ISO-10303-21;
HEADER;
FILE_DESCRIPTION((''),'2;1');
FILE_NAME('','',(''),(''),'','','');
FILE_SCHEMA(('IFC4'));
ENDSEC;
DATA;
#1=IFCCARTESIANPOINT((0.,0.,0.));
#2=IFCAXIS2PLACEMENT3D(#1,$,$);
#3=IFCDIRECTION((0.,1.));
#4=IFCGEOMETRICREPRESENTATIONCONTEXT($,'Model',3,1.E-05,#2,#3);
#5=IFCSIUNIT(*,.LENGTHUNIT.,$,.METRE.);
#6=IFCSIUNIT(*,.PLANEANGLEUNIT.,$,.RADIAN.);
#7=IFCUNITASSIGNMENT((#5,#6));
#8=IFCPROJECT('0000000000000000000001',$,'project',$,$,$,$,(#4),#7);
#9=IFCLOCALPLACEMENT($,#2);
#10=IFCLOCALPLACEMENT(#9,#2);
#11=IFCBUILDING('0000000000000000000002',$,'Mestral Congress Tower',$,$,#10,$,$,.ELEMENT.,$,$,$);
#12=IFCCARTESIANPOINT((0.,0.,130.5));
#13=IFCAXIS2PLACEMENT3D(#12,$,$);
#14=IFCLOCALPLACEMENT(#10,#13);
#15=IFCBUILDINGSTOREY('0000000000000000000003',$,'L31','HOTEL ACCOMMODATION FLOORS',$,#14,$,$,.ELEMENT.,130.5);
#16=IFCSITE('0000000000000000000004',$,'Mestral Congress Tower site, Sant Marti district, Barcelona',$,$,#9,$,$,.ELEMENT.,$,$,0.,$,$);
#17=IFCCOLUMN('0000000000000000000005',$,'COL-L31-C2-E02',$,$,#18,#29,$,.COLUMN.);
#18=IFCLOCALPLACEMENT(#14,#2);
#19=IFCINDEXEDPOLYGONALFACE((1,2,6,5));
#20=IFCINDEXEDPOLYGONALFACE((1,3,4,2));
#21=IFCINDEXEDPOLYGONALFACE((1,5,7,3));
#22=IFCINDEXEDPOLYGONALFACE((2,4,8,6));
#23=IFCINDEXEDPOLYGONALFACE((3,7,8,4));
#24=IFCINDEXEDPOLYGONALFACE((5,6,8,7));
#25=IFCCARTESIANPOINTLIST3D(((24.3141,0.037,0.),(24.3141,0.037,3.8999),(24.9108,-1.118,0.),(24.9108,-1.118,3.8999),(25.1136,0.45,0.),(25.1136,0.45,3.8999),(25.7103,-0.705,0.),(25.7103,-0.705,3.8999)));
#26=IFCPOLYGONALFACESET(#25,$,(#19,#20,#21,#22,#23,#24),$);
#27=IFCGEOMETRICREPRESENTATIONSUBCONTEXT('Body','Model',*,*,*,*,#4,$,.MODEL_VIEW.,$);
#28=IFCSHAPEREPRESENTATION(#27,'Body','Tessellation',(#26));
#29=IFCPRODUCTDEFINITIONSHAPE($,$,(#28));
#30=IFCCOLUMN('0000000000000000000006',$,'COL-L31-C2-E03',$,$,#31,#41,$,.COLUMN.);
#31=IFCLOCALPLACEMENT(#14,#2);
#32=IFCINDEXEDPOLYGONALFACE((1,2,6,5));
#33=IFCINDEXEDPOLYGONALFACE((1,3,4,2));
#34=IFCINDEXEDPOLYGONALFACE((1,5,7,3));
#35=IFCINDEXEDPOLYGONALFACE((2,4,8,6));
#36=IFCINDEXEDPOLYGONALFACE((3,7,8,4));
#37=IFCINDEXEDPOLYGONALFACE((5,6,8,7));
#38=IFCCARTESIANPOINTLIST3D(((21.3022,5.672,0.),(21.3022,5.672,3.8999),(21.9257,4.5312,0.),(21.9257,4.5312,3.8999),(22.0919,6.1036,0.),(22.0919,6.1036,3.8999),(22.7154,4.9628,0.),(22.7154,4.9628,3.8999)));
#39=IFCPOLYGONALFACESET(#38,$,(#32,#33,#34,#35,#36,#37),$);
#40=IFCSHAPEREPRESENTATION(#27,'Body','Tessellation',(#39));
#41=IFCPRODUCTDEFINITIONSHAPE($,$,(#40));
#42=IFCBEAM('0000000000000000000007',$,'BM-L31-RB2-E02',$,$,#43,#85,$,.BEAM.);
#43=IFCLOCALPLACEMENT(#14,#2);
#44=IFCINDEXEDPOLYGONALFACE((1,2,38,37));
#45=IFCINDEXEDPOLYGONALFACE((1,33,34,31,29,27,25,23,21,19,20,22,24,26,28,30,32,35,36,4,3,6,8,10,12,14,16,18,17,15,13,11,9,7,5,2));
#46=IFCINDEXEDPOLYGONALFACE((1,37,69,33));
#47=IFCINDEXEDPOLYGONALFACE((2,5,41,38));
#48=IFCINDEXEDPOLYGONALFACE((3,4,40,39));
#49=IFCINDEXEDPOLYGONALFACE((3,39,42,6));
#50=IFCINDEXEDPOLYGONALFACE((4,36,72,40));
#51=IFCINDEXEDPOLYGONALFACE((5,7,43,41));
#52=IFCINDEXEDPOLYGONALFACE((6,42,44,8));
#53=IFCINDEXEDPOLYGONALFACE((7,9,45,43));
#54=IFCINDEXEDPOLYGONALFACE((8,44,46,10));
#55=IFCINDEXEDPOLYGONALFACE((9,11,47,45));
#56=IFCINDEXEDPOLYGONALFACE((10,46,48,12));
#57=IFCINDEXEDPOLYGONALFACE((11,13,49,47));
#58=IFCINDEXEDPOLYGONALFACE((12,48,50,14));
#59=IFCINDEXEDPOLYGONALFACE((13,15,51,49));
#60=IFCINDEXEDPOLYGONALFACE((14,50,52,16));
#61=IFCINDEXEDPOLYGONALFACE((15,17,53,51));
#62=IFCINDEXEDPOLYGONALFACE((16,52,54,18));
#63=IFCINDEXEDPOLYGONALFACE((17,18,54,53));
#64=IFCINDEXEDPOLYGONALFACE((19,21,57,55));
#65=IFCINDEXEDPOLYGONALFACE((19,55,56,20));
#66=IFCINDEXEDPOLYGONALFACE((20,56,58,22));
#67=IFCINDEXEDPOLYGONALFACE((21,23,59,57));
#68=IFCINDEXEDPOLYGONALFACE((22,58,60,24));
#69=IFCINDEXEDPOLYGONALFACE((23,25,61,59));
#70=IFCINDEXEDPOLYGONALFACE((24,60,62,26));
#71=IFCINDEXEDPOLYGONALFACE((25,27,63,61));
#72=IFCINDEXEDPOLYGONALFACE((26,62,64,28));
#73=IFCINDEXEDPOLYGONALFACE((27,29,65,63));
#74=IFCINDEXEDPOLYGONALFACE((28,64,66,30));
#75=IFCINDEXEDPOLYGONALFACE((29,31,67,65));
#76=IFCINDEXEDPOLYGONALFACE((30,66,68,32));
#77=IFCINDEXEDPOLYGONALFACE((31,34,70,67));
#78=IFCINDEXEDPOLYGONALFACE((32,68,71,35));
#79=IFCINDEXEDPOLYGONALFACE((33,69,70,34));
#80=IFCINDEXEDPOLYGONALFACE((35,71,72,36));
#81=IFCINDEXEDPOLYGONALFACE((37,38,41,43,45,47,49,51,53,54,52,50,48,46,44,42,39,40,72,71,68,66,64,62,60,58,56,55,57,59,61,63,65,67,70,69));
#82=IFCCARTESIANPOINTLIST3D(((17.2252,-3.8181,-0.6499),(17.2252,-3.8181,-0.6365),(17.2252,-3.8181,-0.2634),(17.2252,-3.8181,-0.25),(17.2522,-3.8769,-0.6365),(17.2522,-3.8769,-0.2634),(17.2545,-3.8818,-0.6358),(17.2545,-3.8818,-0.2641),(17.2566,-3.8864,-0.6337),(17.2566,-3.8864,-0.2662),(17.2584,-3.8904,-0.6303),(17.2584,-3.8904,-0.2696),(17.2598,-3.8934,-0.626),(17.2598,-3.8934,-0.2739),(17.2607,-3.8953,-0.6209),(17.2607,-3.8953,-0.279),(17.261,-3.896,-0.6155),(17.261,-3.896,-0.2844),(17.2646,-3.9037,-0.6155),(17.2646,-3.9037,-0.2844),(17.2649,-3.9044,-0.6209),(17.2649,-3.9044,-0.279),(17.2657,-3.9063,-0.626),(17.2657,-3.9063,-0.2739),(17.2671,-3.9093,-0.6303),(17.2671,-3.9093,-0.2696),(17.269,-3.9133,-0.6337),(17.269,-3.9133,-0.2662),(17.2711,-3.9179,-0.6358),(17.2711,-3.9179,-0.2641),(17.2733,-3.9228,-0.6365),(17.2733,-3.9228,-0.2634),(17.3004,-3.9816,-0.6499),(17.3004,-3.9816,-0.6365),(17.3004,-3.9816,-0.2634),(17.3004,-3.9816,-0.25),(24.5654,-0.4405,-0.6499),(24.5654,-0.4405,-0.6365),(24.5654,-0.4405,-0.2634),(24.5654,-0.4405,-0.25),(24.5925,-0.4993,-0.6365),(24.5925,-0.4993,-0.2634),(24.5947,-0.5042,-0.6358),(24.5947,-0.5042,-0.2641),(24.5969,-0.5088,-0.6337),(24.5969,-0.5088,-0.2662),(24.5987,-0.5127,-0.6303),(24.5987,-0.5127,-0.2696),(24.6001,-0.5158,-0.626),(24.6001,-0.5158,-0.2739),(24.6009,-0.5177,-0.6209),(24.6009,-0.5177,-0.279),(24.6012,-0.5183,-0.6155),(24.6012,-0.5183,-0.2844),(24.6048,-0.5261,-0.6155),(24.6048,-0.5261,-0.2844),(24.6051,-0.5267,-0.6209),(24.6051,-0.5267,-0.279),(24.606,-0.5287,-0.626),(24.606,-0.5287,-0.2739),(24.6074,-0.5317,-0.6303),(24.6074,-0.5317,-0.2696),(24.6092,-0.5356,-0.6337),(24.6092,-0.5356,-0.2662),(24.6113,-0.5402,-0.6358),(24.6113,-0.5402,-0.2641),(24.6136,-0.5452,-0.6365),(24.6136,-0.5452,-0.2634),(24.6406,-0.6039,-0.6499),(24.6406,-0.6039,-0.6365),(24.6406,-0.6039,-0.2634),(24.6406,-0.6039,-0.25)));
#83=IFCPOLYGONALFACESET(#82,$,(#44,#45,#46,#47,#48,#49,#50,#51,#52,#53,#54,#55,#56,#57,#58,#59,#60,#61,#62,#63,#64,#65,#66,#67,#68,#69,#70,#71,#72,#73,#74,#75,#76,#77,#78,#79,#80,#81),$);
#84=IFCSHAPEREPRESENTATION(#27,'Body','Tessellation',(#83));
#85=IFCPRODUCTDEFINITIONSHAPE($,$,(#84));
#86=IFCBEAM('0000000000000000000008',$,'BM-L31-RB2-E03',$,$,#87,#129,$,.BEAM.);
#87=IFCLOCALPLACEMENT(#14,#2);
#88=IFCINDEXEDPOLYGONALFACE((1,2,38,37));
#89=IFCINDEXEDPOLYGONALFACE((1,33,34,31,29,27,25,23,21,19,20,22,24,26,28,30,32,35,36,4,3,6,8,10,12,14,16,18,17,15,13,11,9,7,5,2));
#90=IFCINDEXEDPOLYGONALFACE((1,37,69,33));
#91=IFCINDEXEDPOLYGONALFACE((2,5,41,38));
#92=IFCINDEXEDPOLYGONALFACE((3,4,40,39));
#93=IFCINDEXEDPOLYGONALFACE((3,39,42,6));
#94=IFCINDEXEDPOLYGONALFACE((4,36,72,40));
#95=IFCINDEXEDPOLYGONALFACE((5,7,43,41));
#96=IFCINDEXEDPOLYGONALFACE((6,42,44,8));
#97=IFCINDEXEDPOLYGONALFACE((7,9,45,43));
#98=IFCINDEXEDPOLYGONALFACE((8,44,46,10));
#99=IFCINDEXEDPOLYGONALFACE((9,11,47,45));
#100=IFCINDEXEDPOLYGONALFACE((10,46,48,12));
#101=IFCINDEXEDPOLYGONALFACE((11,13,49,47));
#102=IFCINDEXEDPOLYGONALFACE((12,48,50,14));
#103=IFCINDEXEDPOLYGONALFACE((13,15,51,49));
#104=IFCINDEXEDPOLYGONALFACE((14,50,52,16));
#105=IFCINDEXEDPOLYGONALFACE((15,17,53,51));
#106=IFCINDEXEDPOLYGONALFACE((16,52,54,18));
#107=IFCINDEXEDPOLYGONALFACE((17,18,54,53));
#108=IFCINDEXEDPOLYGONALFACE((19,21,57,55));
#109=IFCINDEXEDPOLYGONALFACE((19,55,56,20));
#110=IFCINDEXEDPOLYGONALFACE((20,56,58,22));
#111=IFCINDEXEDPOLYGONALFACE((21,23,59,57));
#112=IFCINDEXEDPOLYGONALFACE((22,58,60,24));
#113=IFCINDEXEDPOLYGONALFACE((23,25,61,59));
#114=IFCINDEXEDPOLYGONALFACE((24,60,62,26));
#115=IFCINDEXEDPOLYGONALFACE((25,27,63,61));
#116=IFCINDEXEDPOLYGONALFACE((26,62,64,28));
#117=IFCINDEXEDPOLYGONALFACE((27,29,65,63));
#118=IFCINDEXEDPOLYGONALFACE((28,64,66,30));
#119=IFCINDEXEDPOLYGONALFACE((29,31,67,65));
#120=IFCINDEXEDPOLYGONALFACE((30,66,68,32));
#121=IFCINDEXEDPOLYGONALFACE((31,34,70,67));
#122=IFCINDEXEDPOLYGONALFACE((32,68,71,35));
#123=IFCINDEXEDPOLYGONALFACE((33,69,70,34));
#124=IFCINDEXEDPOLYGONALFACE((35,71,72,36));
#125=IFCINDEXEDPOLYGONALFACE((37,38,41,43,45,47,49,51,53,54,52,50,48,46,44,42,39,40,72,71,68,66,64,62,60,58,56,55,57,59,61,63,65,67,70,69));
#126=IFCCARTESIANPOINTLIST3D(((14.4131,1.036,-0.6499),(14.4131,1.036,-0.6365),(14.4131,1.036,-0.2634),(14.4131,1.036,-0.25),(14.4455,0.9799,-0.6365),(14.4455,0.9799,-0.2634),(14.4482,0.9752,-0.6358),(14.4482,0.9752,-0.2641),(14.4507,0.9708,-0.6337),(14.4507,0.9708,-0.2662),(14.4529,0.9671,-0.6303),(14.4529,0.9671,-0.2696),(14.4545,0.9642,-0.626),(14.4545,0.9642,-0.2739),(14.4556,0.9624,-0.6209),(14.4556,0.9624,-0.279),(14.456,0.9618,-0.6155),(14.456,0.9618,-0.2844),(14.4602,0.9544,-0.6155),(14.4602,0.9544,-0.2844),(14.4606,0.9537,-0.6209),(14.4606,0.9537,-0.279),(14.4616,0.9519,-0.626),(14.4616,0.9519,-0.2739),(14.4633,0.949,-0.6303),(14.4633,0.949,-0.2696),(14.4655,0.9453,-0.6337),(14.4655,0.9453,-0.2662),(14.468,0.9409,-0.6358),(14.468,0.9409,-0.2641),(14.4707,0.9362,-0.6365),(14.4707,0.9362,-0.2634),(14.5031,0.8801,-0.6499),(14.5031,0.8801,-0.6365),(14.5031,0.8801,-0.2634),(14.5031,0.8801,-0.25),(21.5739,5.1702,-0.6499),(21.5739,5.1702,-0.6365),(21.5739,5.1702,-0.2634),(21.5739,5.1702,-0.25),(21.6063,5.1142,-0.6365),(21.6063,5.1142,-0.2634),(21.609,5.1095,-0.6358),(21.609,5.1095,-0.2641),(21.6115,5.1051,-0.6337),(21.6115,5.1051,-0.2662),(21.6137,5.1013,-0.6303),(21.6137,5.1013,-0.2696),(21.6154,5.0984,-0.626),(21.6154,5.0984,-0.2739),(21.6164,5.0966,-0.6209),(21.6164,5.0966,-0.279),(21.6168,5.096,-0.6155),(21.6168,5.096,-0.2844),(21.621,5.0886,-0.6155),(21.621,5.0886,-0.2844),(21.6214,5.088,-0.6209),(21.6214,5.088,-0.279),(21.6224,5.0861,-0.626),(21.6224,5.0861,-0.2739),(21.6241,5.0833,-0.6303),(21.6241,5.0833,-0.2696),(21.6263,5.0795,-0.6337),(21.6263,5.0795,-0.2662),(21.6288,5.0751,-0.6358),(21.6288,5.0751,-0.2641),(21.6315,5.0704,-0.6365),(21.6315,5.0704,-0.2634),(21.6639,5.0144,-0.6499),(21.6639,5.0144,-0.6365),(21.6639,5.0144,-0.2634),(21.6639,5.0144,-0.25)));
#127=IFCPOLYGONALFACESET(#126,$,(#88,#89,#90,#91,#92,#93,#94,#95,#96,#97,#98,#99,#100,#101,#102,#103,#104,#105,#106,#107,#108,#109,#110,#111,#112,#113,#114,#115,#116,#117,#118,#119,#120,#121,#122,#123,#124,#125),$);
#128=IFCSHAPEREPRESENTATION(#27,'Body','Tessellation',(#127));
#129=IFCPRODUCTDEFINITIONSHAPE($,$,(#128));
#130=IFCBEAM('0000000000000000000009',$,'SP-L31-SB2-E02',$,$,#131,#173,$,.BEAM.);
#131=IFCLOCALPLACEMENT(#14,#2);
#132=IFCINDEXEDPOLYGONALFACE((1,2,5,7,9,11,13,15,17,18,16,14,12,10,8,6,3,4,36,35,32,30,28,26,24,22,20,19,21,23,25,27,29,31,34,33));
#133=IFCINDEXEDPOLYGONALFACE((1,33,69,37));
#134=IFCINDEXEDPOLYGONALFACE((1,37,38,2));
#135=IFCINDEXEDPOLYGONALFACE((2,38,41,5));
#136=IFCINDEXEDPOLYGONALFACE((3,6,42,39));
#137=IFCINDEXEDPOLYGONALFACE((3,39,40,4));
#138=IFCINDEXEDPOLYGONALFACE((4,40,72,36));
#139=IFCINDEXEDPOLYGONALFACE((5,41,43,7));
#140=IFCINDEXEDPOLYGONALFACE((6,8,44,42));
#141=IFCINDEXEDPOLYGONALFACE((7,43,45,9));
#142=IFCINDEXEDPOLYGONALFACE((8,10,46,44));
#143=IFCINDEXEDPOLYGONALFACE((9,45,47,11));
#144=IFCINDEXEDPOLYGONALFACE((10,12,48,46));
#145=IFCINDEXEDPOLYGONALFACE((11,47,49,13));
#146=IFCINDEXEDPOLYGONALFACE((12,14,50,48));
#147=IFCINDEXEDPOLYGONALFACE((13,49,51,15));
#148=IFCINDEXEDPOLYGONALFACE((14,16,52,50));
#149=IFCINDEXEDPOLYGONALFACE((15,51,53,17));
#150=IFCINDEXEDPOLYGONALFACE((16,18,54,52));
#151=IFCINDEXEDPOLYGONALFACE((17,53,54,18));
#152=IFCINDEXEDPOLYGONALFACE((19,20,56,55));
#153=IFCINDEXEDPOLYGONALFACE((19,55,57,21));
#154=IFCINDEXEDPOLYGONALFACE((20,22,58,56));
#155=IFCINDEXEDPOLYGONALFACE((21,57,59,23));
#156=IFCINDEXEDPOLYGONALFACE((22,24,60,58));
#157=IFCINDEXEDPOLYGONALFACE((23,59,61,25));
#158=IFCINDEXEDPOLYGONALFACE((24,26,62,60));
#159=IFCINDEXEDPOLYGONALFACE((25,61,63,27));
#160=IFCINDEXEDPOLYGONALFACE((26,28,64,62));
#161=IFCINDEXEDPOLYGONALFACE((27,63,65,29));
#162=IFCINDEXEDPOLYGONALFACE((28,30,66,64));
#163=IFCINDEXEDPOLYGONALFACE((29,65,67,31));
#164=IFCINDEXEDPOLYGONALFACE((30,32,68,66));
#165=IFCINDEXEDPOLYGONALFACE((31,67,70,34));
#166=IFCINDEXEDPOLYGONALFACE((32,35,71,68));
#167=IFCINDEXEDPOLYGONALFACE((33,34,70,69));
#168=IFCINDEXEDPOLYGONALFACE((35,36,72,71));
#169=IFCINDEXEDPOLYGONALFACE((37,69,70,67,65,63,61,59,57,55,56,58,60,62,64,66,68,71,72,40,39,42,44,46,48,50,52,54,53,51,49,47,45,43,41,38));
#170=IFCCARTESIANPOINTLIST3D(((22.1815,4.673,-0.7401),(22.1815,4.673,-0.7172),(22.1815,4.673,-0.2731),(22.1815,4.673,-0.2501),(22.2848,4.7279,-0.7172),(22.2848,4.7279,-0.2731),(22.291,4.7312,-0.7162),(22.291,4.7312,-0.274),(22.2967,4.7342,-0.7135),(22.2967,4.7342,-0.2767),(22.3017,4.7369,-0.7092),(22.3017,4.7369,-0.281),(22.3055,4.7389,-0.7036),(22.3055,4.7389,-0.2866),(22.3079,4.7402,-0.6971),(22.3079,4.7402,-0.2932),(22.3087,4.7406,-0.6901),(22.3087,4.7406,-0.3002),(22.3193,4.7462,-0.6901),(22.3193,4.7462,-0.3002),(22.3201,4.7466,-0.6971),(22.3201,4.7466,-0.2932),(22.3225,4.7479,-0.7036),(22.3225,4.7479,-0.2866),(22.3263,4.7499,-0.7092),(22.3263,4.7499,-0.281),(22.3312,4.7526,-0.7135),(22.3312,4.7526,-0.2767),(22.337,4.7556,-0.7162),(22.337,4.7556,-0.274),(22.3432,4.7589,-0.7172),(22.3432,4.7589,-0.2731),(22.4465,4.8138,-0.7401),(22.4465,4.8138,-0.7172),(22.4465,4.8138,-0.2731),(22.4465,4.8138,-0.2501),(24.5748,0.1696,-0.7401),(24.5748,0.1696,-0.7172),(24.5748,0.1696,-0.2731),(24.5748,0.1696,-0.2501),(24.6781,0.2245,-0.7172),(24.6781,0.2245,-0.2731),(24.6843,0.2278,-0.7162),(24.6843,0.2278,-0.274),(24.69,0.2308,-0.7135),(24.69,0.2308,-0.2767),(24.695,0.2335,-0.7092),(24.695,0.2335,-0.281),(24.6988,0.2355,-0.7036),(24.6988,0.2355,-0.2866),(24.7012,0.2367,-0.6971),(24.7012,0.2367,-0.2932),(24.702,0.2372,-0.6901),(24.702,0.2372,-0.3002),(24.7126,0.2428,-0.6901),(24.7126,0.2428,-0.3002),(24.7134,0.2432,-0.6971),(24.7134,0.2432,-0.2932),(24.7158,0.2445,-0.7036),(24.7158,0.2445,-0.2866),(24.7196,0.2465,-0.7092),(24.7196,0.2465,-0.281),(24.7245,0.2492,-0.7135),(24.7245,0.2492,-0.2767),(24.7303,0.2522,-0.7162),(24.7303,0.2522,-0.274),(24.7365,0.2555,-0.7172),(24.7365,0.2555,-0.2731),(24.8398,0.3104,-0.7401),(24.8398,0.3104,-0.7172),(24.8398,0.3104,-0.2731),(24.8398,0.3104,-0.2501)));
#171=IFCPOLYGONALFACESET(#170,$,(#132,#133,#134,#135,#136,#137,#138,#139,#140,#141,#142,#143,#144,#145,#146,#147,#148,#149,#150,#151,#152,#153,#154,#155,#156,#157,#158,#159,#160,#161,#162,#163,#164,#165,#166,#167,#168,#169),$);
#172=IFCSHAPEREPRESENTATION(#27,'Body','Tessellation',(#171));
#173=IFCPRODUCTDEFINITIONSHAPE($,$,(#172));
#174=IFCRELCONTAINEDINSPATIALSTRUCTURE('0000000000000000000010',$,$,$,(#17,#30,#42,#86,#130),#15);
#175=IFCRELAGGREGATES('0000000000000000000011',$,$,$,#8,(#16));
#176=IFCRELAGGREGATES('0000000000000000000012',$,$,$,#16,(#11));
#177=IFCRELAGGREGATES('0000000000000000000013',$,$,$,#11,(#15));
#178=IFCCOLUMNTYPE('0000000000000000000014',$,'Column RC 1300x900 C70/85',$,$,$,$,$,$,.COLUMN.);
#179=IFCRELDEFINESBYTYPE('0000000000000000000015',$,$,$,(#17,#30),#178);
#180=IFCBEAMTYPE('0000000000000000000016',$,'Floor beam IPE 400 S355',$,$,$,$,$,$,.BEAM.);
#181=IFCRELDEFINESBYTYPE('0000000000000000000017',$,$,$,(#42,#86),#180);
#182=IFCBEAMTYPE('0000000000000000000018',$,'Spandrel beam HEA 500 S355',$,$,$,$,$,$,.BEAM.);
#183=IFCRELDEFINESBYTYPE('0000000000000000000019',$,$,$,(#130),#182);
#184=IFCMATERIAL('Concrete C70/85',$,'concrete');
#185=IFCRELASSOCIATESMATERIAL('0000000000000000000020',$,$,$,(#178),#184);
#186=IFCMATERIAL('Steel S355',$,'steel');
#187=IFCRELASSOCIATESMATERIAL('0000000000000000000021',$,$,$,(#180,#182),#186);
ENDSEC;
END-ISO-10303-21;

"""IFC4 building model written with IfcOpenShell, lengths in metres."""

from ifc_helpers import new_model, si_unit, direction, frame, origin, origin_2d, place, context, subcontext, project, spatial, rectangle, i_section, extrude, material, material_profile, profile_set, type_object, element, save


model = new_model("IFC4")

# Units and contexts
model_context = context("Model", 3, precision=1e-05, world=origin(), true_north=direction((0.0, 1.0)))
body_context = subcontext(model_context, "Body", "Model", "MODEL_VIEW")
ifc_project = project(units=[si_unit("LENGTHUNIT", "METRE"), si_unit("PLANEANGLEUNIT", "RADIAN")], contexts=[model_context])

# Site, building, storey
site_placement = place(None, origin())
site = spatial("IfcSite", under=ifc_project, at=site_placement, Name="Mestral Congress Tower site, Sant Marti district, Barcelona", CompositionType="ELEMENT", RefElevation=0.0)
building_placement = place(site_placement, origin())
building = spatial("IfcBuilding", under=site, at=building_placement, Name="Mestral Congress Tower", CompositionType="ELEMENT")
storey_placement = place(building_placement, frame((0.0, 0.0, 130.5)))
storey = spatial("IfcBuildingStorey", under=building, at=storey_placement, Name="L31", Description="HOTEL ACCOMMODATION FLOORS", CompositionType="ELEMENT", Elevation=130.5)

# Columns
ifc_material_1 = material(Name="Concrete C70/85", Category="concrete")
ifc_material_profile_1 = material_profile(ifc_material_1, rectangle(XDim=1.3, YDim=0.8999, at=origin_2d()), Name="RC 1300x900")
ifc_profile_set_1 = profile_set([ifc_material_profile_1], Name="Concrete C70/85")
column_type = type_object("IfcColumnType", Name="Column RC 1300x900 C70/85", PredefinedType="COLUMN", material=ifc_profile_set_1)
for number, where, z_axis, x_axis, name in (
    (1, (25.0122, -0.334, 0.0), (0.0, 0.0, 1.0), (-0.458961, 0.888456, 0.0), "COL-L31-C2-E02"),
    (2, (22.0088, 5.3174, 0.0), (0.0, 0.0, 1.0), (-0.479613, 0.87748, 0.0), "COL-L31-C2-E03"),
):
    element("IfcColumn", number, at=place(storey_placement, frame(where, z_axis=z_axis, x_axis=x_axis)), inside=storey, type_object=column_type, Name=name, PredefinedType="COLUMN", context=body_context, shape_type="SweptSolid", body=[
        extrude(rectangle(XDim=1.3, YDim=0.8999, at=origin_2d()), origin(), (0.0, 0.0, 1.0), 3.8999),
    ])

# Beams
ifc_material_2 = material(Name="Steel S355", Category="steel")
ifc_material_profile_2 = material_profile(ifc_material_2, i_section(OverallWidth=0.1799, OverallDepth=0.3999, WebThickness=0.0085, FlangeThickness=0.0134, FilletRadius=0.021, at=origin_2d()), Name="IPE 400")
ifc_profile_set_2 = profile_set([ifc_material_profile_2], Name="Steel S355")
beam_type_1 = type_object("IfcBeamType", Name="Floor beam IPE 400 S355", PredefinedType="BEAM", material=ifc_profile_set_2)
beam_1_placement = place(storey_placement, frame((24.603, -0.5222, -0.45), z_axis=(-0.908437, -0.418021, 0.0), x_axis=(0.418021, -0.908437, 0.0)))
element("IfcBeam", 3, at=beam_1_placement, inside=storey, type_object=beam_type_1, Name="BM-L31-RB2-E02", PredefinedType="BEAM", context=body_context, shape_type="SweptSolid", body=[
    extrude(i_section(OverallWidth=0.1799, OverallDepth=0.3999, WebThickness=0.0085, FlangeThickness=0.0134, FilletRadius=0.021, at=origin_2d()), origin(), (0.0, 0.0, 1.0), 8.0801),
])
beam_2_placement = place(storey_placement, frame((21.6189, 5.0923, -0.45), z_axis=(-0.866029, -0.499994, 0.0), x_axis=(0.499994, -0.866029, 0.0)))
element("IfcBeam", 4, at=beam_2_placement, inside=storey, type_object=beam_type_1, Name="BM-L31-RB2-E03", PredefinedType="BEAM", context=body_context, shape_type="SweptSolid", body=[
    extrude(i_section(OverallWidth=0.1799, OverallDepth=0.3999, WebThickness=0.0085, FlangeThickness=0.0134, FilletRadius=0.021, at=origin_2d()), origin(), (0.0, 0.0, 1.0), 8.2686),
])
ifc_material_profile_3 = material_profile(ifc_material_2, i_section(OverallWidth=0.3, OverallDepth=0.49, WebThickness=0.012, FlangeThickness=0.0229, FilletRadius=0.0271, at=origin_2d()), Name="HEA 500")
ifc_profile_set_3 = profile_set([ifc_material_profile_3], Name="Steel S355")
beam_type_2 = type_object("IfcBeamType", Name="Spandrel beam HEA 500 S355", PredefinedType="BEAM", material=ifc_profile_set_3)
for number, where, z_axis, x_axis, name in (
    (5, (24.7073, 0.24, -0.4951), (-0.469288, 0.883045, 0.0), (-0.883045, -0.469288, 0.0), "SP-L31-SB2-E02"),
):
    element("IfcBeam", number, at=place(storey_placement, frame(where, z_axis=z_axis, x_axis=x_axis)), inside=storey, type_object=beam_type_2, Name=name, PredefinedType="BEAM", context=body_context, shape_type="SweptSolid", body=[
        extrude(i_section(OverallWidth=0.3, OverallDepth=0.49, WebThickness=0.012, FlangeThickness=0.0229, FilletRadius=0.0271, at=origin_2d()), origin(), (0.0, 0.0, 1.0), 5.0999),
    ])

save(model, "model.ifc")
